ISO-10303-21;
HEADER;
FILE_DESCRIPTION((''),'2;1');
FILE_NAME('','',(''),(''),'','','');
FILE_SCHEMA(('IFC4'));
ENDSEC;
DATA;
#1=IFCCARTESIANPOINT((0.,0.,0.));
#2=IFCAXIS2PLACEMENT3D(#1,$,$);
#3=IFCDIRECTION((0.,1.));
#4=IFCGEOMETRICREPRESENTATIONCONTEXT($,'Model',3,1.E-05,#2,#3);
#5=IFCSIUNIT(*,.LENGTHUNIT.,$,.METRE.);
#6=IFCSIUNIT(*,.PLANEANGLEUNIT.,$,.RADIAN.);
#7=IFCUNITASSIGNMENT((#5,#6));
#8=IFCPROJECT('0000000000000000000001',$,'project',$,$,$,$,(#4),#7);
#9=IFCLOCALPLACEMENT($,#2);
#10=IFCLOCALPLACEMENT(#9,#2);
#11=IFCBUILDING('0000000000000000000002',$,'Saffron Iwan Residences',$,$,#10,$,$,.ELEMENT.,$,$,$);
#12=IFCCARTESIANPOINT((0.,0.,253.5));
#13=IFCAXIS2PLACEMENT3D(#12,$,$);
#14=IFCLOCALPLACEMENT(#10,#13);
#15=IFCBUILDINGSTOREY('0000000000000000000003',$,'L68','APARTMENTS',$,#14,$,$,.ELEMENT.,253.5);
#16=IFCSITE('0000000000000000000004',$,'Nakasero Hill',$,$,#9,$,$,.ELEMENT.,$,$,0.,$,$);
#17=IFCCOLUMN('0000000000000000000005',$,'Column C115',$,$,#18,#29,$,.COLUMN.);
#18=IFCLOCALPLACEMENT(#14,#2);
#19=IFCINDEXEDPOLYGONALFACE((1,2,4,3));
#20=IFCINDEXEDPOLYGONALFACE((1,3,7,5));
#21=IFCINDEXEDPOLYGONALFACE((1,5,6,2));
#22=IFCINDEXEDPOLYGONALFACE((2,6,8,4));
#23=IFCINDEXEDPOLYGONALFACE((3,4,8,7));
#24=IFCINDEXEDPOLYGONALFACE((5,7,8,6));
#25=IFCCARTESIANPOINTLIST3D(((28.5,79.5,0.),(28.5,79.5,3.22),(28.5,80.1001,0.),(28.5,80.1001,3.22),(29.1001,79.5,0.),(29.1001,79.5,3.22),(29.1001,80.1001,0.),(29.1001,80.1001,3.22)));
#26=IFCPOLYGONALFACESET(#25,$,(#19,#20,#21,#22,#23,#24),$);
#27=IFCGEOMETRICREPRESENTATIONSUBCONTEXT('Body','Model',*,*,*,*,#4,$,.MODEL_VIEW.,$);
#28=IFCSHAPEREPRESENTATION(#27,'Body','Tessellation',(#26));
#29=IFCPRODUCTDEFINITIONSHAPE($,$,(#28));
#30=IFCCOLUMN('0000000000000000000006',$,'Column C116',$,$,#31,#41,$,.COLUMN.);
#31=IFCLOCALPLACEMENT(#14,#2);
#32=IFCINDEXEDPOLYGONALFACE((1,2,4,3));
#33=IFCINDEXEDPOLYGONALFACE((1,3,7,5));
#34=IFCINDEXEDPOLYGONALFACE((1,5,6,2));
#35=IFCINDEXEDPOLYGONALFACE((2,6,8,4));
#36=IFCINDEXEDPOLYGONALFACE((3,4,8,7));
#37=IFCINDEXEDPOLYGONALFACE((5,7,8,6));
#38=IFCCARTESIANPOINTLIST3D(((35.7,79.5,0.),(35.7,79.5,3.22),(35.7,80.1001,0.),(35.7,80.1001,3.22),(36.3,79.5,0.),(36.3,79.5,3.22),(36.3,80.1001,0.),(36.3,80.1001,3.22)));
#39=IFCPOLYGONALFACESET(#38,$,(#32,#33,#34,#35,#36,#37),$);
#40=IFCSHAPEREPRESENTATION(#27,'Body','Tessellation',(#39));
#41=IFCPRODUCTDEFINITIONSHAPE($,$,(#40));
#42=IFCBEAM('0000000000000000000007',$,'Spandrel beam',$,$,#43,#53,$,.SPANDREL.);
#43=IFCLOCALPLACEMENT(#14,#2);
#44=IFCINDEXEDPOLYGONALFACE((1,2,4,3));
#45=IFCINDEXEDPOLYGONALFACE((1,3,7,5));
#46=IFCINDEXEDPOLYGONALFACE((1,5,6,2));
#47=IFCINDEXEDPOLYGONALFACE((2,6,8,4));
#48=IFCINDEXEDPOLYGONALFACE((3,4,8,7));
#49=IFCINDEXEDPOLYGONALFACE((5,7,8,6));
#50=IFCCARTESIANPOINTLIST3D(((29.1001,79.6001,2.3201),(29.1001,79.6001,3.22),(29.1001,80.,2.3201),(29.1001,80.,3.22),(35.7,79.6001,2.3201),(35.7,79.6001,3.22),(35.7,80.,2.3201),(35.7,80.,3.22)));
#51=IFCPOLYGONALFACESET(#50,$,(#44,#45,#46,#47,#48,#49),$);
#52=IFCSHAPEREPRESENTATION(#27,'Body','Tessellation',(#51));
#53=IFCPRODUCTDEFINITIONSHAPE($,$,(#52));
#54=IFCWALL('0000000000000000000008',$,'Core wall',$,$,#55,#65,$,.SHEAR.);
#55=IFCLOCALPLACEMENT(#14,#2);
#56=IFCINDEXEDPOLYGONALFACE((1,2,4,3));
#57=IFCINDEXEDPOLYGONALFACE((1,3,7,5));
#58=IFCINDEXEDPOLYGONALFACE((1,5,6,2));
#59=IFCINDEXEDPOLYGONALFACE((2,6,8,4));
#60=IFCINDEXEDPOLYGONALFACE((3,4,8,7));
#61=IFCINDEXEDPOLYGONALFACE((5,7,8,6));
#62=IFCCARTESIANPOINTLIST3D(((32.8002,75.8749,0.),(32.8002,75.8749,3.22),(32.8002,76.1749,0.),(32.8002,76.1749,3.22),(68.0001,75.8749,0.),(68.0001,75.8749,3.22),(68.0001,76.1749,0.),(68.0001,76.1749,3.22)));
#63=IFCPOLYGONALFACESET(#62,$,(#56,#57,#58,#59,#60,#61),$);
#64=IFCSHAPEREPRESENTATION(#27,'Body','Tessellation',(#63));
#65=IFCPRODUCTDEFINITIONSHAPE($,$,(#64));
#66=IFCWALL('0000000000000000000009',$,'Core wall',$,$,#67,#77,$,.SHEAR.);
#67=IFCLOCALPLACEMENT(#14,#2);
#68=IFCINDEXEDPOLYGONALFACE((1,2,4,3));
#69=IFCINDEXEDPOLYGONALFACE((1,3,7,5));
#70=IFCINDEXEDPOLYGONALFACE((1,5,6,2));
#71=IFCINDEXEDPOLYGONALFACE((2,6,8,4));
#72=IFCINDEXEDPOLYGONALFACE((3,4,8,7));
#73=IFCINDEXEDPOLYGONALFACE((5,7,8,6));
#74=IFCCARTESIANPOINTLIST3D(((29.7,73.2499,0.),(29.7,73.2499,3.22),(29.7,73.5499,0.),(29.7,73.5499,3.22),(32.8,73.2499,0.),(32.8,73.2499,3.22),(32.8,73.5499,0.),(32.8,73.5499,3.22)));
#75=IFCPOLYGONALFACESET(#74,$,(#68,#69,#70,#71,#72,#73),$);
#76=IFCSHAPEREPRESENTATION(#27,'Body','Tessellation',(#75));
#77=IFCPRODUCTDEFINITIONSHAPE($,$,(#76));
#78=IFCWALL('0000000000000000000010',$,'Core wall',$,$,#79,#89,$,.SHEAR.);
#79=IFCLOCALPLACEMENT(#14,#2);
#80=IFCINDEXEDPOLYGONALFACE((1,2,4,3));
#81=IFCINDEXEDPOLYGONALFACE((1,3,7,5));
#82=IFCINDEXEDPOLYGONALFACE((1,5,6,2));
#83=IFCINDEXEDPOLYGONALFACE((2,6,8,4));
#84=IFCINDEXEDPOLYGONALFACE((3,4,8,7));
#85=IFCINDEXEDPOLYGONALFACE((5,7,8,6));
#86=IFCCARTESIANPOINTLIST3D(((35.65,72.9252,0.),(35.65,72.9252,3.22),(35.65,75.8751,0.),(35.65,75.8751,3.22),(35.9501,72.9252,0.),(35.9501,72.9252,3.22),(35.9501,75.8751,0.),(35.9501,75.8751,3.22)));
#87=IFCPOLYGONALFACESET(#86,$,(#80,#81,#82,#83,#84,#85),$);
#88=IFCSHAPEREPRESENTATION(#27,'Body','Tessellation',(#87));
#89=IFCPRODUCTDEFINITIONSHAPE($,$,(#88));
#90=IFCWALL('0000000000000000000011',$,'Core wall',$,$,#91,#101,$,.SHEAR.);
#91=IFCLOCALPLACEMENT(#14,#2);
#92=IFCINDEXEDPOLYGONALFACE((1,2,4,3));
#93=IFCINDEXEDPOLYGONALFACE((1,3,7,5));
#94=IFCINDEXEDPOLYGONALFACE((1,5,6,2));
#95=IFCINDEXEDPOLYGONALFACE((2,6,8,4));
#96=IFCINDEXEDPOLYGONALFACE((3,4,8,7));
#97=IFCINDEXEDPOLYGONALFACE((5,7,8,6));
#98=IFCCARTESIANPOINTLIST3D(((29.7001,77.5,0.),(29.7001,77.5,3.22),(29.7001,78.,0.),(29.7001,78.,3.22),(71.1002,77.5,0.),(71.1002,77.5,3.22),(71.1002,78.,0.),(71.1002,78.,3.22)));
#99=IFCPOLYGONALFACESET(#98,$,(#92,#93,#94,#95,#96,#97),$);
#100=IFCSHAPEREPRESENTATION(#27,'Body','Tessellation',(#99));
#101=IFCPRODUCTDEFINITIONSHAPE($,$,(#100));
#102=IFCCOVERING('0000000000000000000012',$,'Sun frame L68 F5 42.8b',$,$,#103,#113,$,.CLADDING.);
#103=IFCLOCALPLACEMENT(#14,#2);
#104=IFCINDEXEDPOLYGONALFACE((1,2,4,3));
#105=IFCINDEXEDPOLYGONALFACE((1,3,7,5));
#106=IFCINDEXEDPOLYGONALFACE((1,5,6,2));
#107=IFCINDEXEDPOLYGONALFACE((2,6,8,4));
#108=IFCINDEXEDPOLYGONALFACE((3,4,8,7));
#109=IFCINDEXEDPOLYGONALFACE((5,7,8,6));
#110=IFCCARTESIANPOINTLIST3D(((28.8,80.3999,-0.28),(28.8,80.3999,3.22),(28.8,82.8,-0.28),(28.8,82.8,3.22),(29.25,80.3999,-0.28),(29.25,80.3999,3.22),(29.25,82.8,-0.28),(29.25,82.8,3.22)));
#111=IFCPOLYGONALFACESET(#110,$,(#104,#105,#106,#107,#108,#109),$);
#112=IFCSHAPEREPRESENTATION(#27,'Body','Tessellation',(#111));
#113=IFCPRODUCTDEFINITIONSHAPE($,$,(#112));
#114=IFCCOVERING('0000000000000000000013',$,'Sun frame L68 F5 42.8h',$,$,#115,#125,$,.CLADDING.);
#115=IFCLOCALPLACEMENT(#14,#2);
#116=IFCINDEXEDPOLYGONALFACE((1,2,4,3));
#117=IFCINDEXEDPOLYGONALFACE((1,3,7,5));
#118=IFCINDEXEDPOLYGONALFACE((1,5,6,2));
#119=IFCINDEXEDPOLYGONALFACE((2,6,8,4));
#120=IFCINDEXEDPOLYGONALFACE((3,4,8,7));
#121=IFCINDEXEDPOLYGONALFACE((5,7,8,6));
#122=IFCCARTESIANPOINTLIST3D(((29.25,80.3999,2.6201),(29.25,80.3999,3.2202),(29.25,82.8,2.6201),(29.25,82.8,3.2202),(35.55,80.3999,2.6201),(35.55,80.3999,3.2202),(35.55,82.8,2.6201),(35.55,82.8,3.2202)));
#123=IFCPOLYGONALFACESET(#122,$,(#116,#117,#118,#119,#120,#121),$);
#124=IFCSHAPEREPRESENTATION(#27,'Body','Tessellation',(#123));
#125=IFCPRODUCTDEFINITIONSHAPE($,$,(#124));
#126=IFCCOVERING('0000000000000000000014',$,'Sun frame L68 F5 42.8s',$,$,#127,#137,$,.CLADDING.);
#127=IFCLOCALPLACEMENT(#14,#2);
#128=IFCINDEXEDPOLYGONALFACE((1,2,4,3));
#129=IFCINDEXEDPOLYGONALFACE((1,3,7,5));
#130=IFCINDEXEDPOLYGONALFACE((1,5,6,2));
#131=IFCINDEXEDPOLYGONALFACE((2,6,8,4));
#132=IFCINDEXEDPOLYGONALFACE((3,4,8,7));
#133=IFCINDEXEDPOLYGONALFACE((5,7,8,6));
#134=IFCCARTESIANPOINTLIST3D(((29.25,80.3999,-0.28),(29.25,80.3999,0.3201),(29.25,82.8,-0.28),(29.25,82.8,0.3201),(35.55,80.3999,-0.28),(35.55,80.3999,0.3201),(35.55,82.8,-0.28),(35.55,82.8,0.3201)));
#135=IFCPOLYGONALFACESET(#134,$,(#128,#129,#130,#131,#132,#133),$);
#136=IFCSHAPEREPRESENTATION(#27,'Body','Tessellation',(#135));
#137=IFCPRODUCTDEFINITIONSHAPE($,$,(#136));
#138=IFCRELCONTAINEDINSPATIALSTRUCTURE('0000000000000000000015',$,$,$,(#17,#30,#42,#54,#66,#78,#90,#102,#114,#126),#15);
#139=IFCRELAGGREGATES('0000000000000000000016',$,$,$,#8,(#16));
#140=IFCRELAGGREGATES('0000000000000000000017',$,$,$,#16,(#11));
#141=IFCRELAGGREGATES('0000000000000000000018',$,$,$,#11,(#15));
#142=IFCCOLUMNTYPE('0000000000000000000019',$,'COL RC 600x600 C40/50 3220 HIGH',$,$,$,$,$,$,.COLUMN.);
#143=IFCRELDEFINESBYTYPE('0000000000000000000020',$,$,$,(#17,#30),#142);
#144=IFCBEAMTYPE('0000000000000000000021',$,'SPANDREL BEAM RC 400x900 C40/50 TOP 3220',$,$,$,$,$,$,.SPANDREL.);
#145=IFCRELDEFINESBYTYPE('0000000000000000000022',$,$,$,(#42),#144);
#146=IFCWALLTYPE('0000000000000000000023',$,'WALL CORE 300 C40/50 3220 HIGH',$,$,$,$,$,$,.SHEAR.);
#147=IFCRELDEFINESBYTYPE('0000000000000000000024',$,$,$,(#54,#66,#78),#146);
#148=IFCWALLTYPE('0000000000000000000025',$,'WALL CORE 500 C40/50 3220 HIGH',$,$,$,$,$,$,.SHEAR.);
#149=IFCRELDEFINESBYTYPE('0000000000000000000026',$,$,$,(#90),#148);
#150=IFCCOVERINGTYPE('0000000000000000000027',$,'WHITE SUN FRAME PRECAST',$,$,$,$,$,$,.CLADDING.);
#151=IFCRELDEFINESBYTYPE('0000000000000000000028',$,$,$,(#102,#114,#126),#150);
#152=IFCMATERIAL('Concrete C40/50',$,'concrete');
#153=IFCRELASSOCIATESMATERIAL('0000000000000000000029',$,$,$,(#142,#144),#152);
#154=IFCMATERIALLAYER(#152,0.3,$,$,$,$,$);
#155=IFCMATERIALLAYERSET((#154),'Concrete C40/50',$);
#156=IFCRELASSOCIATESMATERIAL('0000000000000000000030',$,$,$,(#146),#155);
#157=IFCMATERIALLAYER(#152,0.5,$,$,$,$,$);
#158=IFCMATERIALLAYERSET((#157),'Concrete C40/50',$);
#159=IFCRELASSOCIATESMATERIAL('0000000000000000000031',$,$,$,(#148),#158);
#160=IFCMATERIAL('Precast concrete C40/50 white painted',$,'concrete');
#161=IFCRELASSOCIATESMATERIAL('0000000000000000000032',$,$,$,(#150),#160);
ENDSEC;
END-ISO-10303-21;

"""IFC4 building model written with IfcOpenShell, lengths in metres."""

from ifc_helpers import new_model, si_unit, direction, frame, frame_2d, origin, origin_2d, place, context, subcontext, project, spatial, polyline, rectangle, outline, extrude, source, transform, mapped, material, layer, layer_set, material_profile, profile_set, type_object, element, save


model = new_model("IFC4")

# Units and contexts
model_context = context("Model", 3, precision=1e-05, world=origin(), true_north=direction((0.0, 1.0)))
body_context = subcontext(model_context, "Body", "Model", "MODEL_VIEW")
ifc_project = project(units=[si_unit("LENGTHUNIT", "METRE"), si_unit("PLANEANGLEUNIT", "RADIAN")], contexts=[model_context])

# Site, building, storey
site_placement = place(None, origin())
site = spatial("IfcSite", under=ifc_project, at=site_placement, Name="Nakasero Hill", CompositionType="ELEMENT", RefElevation=0.0)
building_placement = place(site_placement, origin())
building = spatial("IfcBuilding", under=site, at=building_placement, Name="Saffron Iwan Residences", CompositionType="ELEMENT")
storey_placement = place(building_placement, frame((0.0, 0.0, 253.5)))
storey = spatial("IfcBuildingStorey", under=building, at=storey_placement, Name="L68", Description="APARTMENTS", CompositionType="ELEMENT", Elevation=253.5)

# Columns
ifc_material_1 = material(Name="Concrete C40/50", Category="concrete")
ifc_material_profile_1 = material_profile(ifc_material_1, rectangle(XDim=0.6001, YDim=0.6001, at=origin_2d()), Name="RC 600x600")
ifc_profile_set_1 = profile_set([ifc_material_profile_1], Name="Concrete C40/50")
column_type = type_object("IfcColumnType", Name="COL RC 600x600 C40/50 3220 HIGH", PredefinedType="COLUMN", material=ifc_profile_set_1)
shared_shape_1 = source(origin(), body_context, "Body", "SweptSolid", [
    extrude(rectangle(XDim=0.6001, YDim=0.6001, at=origin_2d()), origin(), (0.0, 0.0, 1.0), 3.22),
])
for number, where, z_axis, x_axis, name in (
    (1, (28.8, 79.8, 0.0), (0.0, 0.0, 1.0), (1.0, 0.0, 0.0), "Column C115"),
    (2, (36.0, 79.8, 0.0), (0.0, 0.0, 1.0), (1.0, 0.0, 0.0), "Column C116"),
):
    element("IfcColumn", number, at=place(storey_placement, frame(where, z_axis=z_axis, x_axis=x_axis)), inside=storey, type_object=column_type, Name=name, PredefinedType="COLUMN", context=body_context, shape_type="MappedRepresentation", body=[
        mapped(shared_shape_1, transform((0.0, 0.0, 0.0))),
    ])

# Beam
ifc_material_profile_2 = material_profile(ifc_material_1, rectangle(XDim=0.3999, YDim=0.8999, at=origin_2d()), Name="RC 400x900")
ifc_profile_set_2 = profile_set([ifc_material_profile_2], Name="Concrete C40/50")
beam_type = type_object("IfcBeamType", Name="SPANDREL BEAM RC 400x900 C40/50 TOP 3220", PredefinedType="SPANDREL", material=ifc_profile_set_2)
shared_shape_2 = source(origin(), body_context, "Body", "SweptSolid", [
    extrude(rectangle(XDim=0.3999, YDim=0.8999, at=origin_2d()), origin(), (0.0, 0.0, 1.0), 6.5999),
])
beam_placement = place(storey_placement, frame((29.1001, 79.8, 2.77), z_axis=(1.0, 0.0, 0.0), x_axis=(0.0, 1.0, 0.0)))
element("IfcBeam", 3, at=beam_placement, inside=storey, type_object=beam_type, Name="Spandrel beam", PredefinedType="SPANDREL", context=body_context, shape_type="MappedRepresentation", body=[
    mapped(shared_shape_2, transform((0.0, 0.0, 0.0))),
])

# Shared definitions
ifc_layer_1 = layer(ifc_material_1, 0.3)
ifc_layer_set_1 = layer_set([ifc_layer_1], Name="Concrete C40/50")
wall_type_1 = type_object("IfcWallType", Name="WALL CORE 300 C40/50 3220 HIGH", PredefinedType="SHEAR", material=ifc_layer_set_1)

# Walls
wall_1_placement = place(storey_placement, frame((32.8, 76.0249, 0.0), z_axis=(0.0, 0.0, 1.0), x_axis=(1.0, 0.0, 0.0)))
element("IfcWall", 4, at=wall_1_placement, inside=storey, type_object=wall_type_1, Name="Core wall", PredefinedType="SHEAR", context=body_context, shape_type="SweptSolid", body=[
    extrude(rectangle(XDim=35.2, YDim=0.3, at=frame_2d((17.6001, 0.0))), origin(), (0.0, 0.0, 1.0), 3.22),
])
wall_2_placement = place(storey_placement, frame((29.7, 73.3999, 0.0), z_axis=(0.0, 0.0, 1.0), x_axis=(1.0, 0.0, 0.0)))
element("IfcWall", 5, at=wall_2_placement, inside=storey, type_object=wall_type_1, Name="Core wall", PredefinedType="SHEAR", context=body_context, shape_type="SweptSolid", body=[
    extrude(rectangle(XDim=3.1001, YDim=0.3, at=frame_2d((1.55, 0.0))), origin(), (0.0, 0.0, 1.0), 3.22),
])
wall_3_placement = place(storey_placement, frame((35.8, 72.925, 0.0), z_axis=(0.0, 0.0, 1.0), x_axis=(0.0, 1.0, 0.0)))
element("IfcWall", 6, at=wall_3_placement, inside=storey, type_object=wall_type_1, Name="Core wall", PredefinedType="SHEAR", context=body_context, shape_type="SweptSolid", body=[
    extrude(rectangle(XDim=2.95, YDim=0.3, at=frame_2d((1.4751, 0.0))), origin(), (0.0, 0.0, 1.0), 3.22),
])
ifc_layer_2 = layer(ifc_material_1, 0.5)
ifc_layer_set_2 = layer_set([ifc_layer_2], Name="Concrete C40/50")
wall_type_2 = type_object("IfcWallType", Name="WALL CORE 500 C40/50 3220 HIGH", PredefinedType="SHEAR", material=ifc_layer_set_2)
wall_4_placement = place(storey_placement, frame((29.7, 77.75, 0.0), z_axis=(0.0, 0.0, 1.0), x_axis=(1.0, 0.0, 0.0)))
element("IfcWall", 7, at=wall_4_placement, inside=storey, type_object=wall_type_2, Name="Core wall", PredefinedType="SHEAR", context=body_context, shape_type="SweptSolid", body=[
    extrude(rectangle(XDim=41.4001, YDim=0.5, at=frame_2d((20.7002, 0.0))), origin(), (0.0, 0.0, 1.0), 3.22),
])

# Coverings
ifc_material_2 = material(Name="Precast concrete C40/50 white painted", Category="concrete")
covering_type = type_object("IfcCoveringType", Name="WHITE SUN FRAME PRECAST", PredefinedType="CLADDING", material=ifc_material_2)
covering_placement = place(storey_placement, frame((29.25, 80.3999, -0.28), z_axis=(0.0, 1.0, 0.0), x_axis=(-1.0, 0.0, 0.0)))
element("IfcCovering", 8, at=covering_placement, inside=storey, type_object=covering_type, Name="Sun frame L68 F5 42.8b", PredefinedType="CLADDING", context=body_context, shape_type="SweptSolid", body=[
    extrude(outline(polyline([(0.0, 0.0), (0.45, 0.0), (0.45, 3.5), (0.0, 3.5), (0.0, 0.0)])), origin(), (0.0, 0.0, 1.0), 2.4001),
])
for number, where, z_axis, x_axis, name in (
    (9, (35.55, 80.3999, 2.6201), (0.0, 1.0, 0.0), (-1.0, 0.0, 0.0), "Sun frame L68 F5 42.8h"),
    (10, (35.55, 80.3999, -0.28), (0.0, 1.0, 0.0), (-1.0, 0.0, 0.0), "Sun frame L68 F5 42.8s"),
):
    element("IfcCovering", number, at=place(storey_placement, frame(where, z_axis=z_axis, x_axis=x_axis)), inside=storey, type_object=covering_type, Name=name, PredefinedType="CLADDING", context=body_context, shape_type="SweptSolid", body=[
        extrude(outline(polyline([(0.0, 0.0), (6.3, 0.0), (6.3, 0.6001), (0.0, 0.6001), (0.0, 0.0)])), origin(), (0.0, 0.0, 1.0), 2.4001),
    ])

save(model, "model.ifc")
